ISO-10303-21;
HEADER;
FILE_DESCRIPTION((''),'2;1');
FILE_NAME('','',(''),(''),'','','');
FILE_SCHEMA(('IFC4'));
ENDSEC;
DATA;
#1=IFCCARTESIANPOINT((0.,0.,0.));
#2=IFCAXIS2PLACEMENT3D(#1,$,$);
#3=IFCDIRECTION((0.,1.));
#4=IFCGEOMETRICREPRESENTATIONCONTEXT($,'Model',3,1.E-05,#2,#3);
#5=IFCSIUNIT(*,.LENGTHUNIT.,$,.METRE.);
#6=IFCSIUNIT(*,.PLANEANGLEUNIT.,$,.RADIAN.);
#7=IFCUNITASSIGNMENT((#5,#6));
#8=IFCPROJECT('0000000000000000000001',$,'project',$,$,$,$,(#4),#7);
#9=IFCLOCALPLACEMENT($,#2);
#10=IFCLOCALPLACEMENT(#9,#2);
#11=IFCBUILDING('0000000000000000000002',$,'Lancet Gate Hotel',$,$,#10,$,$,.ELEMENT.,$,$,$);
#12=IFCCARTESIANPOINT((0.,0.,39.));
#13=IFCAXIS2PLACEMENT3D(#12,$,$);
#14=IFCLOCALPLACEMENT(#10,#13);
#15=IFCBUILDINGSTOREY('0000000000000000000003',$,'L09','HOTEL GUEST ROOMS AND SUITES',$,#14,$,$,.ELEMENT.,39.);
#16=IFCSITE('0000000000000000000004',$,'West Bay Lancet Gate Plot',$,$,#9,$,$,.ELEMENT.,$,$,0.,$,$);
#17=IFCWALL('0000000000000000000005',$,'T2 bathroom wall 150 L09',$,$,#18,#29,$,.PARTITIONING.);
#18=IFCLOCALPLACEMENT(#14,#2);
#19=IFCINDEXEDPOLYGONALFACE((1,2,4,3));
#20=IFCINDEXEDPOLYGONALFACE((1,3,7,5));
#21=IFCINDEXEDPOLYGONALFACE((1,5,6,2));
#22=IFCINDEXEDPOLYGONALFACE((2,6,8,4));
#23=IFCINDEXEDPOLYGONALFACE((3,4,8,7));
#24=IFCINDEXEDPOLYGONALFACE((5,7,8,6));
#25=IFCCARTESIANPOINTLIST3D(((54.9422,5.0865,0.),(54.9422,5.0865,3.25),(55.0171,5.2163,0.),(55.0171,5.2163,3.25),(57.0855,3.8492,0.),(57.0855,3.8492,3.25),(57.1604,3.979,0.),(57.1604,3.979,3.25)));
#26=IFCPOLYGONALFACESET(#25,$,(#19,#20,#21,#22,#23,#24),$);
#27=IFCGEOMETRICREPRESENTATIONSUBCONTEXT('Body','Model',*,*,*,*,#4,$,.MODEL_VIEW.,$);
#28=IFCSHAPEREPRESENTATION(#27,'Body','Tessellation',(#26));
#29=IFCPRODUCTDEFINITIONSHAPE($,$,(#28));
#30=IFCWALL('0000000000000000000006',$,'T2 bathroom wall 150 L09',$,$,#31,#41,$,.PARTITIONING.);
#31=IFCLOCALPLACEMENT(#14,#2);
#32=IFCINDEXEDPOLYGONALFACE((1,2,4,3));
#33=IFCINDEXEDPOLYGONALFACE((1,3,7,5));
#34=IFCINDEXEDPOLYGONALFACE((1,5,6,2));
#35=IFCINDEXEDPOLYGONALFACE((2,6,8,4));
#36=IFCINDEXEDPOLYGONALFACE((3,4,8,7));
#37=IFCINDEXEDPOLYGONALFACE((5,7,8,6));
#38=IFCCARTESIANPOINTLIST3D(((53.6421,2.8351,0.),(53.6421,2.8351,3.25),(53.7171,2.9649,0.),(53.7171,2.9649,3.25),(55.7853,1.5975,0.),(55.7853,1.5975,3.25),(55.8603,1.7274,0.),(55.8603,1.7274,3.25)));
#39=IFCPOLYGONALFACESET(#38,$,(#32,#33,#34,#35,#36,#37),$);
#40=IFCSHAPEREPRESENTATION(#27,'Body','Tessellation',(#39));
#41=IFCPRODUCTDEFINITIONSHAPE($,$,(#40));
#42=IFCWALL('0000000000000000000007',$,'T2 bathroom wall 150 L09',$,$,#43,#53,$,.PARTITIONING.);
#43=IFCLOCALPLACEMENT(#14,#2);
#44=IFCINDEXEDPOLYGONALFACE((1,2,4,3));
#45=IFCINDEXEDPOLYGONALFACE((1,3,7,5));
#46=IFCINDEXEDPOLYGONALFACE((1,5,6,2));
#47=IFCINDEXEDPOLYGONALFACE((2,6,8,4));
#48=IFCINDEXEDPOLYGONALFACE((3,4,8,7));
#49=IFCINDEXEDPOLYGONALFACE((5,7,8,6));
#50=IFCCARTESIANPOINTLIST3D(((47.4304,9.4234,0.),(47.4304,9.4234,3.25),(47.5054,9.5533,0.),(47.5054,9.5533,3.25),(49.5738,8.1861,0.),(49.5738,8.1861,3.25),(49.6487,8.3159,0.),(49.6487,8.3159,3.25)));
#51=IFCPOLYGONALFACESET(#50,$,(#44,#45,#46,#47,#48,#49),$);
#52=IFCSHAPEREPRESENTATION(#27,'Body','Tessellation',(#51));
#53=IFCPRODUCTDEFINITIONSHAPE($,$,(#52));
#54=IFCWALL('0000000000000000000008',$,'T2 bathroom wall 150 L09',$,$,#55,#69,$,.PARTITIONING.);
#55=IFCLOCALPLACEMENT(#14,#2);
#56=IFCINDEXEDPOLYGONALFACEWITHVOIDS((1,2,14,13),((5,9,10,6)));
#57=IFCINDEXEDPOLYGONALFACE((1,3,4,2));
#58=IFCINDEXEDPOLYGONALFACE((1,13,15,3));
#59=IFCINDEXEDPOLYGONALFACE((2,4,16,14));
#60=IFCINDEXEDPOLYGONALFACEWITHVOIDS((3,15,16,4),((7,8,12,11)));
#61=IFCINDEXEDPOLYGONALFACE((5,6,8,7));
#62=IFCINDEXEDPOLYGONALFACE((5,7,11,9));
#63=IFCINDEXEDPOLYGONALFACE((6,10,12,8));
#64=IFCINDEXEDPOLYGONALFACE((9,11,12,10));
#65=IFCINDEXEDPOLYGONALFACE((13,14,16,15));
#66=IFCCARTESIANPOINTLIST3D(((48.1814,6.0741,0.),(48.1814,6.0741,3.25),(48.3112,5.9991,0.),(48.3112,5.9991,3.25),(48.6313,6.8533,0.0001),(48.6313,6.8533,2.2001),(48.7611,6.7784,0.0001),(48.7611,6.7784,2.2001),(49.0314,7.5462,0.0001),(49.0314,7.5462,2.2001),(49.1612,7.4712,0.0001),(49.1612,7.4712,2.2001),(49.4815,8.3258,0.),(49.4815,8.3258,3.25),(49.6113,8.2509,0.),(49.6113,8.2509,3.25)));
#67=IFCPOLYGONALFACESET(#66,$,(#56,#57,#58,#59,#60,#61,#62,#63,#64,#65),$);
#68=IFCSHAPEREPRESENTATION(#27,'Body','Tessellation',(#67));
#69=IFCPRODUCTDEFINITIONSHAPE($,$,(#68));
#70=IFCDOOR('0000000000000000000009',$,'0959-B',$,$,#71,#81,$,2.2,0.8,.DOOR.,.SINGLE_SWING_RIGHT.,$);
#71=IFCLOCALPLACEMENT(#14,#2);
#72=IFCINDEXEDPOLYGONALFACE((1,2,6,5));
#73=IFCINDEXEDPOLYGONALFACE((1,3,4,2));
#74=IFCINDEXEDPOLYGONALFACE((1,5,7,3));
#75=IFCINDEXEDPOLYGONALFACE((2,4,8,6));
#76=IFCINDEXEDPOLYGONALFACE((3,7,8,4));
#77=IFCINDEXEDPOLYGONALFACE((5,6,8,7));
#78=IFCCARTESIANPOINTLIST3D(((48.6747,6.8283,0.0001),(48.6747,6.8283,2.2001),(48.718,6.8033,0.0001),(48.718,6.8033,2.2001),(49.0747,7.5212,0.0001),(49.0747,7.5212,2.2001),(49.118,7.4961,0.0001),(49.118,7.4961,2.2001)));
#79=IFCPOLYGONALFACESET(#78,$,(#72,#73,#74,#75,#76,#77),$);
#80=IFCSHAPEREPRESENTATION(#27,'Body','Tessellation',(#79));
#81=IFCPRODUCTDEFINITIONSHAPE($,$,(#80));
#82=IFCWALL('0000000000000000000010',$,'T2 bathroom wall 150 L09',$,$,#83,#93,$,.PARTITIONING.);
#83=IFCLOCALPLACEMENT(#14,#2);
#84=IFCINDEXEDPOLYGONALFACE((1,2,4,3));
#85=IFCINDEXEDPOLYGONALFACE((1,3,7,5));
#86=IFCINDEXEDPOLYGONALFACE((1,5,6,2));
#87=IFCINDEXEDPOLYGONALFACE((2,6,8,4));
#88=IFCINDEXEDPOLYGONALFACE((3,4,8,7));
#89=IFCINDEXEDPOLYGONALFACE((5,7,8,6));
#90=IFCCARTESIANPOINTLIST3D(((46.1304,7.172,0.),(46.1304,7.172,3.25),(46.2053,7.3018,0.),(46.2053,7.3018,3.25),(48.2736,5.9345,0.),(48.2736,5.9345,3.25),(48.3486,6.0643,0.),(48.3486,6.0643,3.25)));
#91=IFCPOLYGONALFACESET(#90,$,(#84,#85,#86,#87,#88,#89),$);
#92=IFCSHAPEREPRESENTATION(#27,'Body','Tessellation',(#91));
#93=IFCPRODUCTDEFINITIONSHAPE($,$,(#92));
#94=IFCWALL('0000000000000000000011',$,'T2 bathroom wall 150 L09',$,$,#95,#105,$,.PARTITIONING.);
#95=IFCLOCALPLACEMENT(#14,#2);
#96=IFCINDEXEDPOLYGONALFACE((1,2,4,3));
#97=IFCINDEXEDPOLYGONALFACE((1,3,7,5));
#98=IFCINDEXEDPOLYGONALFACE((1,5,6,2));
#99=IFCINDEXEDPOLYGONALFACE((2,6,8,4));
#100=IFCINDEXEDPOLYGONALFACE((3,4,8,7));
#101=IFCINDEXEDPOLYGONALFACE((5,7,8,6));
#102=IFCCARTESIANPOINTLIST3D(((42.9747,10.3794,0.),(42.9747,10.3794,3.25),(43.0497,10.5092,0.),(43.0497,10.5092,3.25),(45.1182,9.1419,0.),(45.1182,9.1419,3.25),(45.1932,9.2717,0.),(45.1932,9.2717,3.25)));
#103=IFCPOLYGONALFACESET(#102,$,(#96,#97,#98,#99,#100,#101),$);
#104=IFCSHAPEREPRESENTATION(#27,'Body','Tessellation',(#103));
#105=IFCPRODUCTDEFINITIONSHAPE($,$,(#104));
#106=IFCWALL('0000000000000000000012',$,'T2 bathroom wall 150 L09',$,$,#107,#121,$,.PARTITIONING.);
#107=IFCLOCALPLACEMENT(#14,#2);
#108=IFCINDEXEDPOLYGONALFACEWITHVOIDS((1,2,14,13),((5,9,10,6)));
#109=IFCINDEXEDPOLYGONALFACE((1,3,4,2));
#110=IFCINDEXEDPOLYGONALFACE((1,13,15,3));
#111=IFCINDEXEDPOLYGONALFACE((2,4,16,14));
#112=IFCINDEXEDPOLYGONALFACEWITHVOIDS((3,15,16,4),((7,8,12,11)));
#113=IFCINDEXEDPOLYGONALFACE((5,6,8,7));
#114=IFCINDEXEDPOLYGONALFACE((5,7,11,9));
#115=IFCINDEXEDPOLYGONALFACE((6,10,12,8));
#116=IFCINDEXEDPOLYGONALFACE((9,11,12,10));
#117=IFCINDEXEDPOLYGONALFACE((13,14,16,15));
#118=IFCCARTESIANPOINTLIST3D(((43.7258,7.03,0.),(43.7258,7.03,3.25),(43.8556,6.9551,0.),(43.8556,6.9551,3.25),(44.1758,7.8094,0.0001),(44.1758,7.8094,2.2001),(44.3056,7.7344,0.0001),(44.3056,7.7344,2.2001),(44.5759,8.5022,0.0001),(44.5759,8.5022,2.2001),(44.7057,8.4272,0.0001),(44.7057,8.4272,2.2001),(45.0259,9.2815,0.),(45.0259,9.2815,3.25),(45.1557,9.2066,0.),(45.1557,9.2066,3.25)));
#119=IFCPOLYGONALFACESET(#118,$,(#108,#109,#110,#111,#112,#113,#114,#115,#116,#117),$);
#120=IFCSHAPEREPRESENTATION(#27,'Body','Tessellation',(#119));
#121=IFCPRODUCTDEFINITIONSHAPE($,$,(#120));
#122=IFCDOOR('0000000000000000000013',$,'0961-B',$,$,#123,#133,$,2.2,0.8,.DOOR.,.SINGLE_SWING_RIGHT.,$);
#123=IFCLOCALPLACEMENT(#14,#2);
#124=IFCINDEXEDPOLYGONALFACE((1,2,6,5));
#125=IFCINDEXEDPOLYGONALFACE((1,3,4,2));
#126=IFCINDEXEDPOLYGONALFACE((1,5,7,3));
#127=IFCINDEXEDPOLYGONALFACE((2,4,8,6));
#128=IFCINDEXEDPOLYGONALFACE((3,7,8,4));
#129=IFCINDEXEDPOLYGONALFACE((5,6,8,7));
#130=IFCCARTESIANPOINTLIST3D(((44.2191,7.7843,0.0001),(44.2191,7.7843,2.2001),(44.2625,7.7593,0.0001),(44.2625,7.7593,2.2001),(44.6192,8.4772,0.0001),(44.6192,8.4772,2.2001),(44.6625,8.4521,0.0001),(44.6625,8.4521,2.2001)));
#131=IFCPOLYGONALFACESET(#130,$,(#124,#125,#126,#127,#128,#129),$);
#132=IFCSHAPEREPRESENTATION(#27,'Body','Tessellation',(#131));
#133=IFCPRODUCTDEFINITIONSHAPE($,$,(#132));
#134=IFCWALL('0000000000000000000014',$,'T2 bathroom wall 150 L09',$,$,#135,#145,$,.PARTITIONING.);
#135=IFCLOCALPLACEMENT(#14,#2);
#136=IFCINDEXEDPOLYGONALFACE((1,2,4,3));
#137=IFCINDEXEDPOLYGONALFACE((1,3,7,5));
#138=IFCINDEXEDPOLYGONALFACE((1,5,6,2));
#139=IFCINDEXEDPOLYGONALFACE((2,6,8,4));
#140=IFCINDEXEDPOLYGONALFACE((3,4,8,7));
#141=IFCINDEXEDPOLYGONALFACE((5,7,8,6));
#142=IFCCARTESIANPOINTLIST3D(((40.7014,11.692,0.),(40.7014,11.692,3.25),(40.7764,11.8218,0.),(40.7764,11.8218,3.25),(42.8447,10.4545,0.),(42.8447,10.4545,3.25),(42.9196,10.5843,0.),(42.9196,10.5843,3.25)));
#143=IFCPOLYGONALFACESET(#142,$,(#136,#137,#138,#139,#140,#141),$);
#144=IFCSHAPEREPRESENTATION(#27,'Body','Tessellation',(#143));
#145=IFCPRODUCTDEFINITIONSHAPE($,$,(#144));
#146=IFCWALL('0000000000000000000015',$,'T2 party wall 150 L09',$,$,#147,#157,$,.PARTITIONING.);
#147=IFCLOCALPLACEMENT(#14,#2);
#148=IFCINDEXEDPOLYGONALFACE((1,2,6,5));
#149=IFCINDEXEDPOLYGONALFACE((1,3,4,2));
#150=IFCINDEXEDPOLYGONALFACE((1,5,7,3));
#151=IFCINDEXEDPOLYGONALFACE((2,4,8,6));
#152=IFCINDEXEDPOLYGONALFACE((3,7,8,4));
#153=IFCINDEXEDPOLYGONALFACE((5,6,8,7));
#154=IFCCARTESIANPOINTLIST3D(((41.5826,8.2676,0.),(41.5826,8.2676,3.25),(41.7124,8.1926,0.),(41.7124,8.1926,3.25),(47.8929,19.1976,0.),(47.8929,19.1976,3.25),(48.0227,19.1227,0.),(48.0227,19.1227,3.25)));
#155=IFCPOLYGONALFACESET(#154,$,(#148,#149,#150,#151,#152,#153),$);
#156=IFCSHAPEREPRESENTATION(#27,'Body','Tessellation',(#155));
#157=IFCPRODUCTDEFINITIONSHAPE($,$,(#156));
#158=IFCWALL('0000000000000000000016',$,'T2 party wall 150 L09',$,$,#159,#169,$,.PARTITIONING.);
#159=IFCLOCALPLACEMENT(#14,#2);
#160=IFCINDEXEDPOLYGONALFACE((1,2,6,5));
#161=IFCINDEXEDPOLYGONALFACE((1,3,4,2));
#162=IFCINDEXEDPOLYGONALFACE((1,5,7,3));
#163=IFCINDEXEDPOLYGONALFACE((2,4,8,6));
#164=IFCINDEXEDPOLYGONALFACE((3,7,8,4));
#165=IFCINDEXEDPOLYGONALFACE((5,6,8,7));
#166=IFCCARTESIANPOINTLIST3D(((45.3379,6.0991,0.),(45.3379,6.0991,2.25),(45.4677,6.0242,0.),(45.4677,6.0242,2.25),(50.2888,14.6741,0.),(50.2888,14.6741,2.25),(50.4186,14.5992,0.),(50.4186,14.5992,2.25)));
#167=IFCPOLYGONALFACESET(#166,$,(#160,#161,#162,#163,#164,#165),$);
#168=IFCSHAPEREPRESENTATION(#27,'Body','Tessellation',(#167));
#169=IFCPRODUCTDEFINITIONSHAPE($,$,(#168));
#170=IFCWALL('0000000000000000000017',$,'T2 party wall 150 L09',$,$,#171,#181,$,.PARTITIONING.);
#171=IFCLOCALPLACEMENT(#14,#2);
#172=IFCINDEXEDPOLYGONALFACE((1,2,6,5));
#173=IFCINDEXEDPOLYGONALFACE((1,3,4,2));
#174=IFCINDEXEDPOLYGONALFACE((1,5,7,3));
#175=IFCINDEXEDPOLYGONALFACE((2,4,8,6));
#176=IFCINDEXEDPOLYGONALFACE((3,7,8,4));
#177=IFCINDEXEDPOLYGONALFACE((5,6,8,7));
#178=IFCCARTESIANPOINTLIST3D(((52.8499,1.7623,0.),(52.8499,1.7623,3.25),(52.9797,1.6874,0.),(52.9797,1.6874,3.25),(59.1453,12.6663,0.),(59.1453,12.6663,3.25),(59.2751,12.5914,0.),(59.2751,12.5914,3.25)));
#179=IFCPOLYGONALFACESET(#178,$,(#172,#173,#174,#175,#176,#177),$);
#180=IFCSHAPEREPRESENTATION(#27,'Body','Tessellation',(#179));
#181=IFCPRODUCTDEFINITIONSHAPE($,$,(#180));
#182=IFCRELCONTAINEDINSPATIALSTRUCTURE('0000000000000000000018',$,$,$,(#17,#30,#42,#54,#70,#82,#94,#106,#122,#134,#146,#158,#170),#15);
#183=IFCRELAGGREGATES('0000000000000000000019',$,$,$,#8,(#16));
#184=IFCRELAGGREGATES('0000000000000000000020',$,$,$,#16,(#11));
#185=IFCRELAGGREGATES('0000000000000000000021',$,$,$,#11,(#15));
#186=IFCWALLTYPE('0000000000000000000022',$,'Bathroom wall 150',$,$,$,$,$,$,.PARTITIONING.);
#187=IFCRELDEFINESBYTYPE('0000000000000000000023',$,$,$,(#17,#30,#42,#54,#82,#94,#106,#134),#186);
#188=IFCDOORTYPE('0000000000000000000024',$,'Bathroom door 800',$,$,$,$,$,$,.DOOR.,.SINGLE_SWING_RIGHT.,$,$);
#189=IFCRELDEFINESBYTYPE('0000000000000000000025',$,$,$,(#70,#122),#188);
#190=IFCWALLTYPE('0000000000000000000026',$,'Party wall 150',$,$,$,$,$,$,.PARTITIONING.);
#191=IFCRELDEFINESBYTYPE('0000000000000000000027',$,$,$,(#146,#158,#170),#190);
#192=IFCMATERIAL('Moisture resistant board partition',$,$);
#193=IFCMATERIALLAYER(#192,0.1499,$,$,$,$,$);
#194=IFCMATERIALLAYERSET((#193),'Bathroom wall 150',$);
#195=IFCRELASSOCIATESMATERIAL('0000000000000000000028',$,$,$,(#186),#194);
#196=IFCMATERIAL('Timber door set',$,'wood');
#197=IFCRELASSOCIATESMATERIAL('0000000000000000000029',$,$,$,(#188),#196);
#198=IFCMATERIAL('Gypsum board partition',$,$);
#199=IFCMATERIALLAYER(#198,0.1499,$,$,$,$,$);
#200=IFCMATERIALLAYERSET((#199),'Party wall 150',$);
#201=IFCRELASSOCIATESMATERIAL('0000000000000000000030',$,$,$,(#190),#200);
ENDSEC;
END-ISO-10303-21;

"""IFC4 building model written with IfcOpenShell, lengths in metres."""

from ifc_helpers import new_model, si_unit, direction, frame, frame_2d, origin, place, context, subcontext, project, spatial, rectangle, extrude, material, layer, layer_set, type_object, element, fill, save


model = new_model("IFC4")

# Units and contexts
model_context = context("Model", 3, precision=1e-05, world=origin(), true_north=direction((0.0, 1.0)))
body_context = subcontext(model_context, "Body", "Model", "MODEL_VIEW")
ifc_project = project(units=[si_unit("LENGTHUNIT", "METRE"), si_unit("PLANEANGLEUNIT", "RADIAN")], contexts=[model_context])

# Site, building, storey
site_placement = place(None, origin())
site = spatial("IfcSite", under=ifc_project, at=site_placement, Name="West Bay Lancet Gate Plot", CompositionType="ELEMENT", RefElevation=0.0)
building_placement = place(site_placement, origin())
building = spatial("IfcBuilding", under=site, at=building_placement, Name="Lancet Gate Hotel", CompositionType="ELEMENT")
storey_placement = place(building_placement, frame((0.0, 0.0, 39.0)))
storey = spatial("IfcBuildingStorey", under=building, at=storey_placement, Name="L09", Description="HOTEL GUEST ROOMS AND SUITES", CompositionType="ELEMENT", Elevation=39.0)

# Walls
ifc_material_1 = material(Name="Moisture resistant board partition")
ifc_layer_1 = layer(ifc_material_1, 0.1499)
ifc_layer_set_1 = layer_set([ifc_layer_1], Name="Bathroom wall 150")
wall_type_1 = type_object("IfcWallType", Name="Bathroom wall 150", PredefinedType="PARTITIONING", material=ifc_layer_set_1)
for number, where, z_axis, x_axis, name in (
    (1, (54.9797, 5.1514, 0.0), (0.0, 0.0, 1.0), (0.866049, -0.499959, 0.0), "T2 bathroom wall 150 L09"),
    (2, (53.6797, 2.8999, 0.0), (0.0, 0.0, 1.0), (0.866007, -0.500033, 0.0), "T2 bathroom wall 150 L09"),
    (3, (47.468, 9.4883, 0.0), (0.0, 0.0, 1.0), (0.866049, -0.499959, 0.0), "T2 bathroom wall 150 L09"),
):
    element("IfcWall", number, at=place(storey_placement, frame(where, z_axis=z_axis, x_axis=x_axis)), inside=storey, type_object=wall_type_1, Name=name, PredefinedType="PARTITIONING", context=body_context, shape_type="SweptSolid", body=[
        extrude(rectangle(XDim=2.4749, YDim=0.1499, at=frame_2d((1.2373, 0.0))), origin(), (0.0, 0.0, 1.0), 3.25),
    ])

# Wall, opening, door
wall_1_placement = place(storey_placement, frame((48.2463, 6.0366, 0.0), z_axis=(0.0, 0.0, 1.0), x_axis=(0.500007, 0.866021, 0.0)))
wall_1 = element("IfcWall", 4, at=wall_1_placement, inside=storey, type_object=wall_type_1, Name="T2 bathroom wall 150 L09", PredefinedType="PARTITIONING", context=body_context, shape_type="SweptSolid", body=[
    extrude(rectangle(XDim=2.6001, YDim=0.1499, at=frame_2d((1.3, 0.0))), origin(), (0.0, 0.0, 1.0), 3.25),
])
opening_1_placement = place(wall_1_placement, frame((0.8999, 0.0, 0.0)))
opening_1 = element("IfcOpeningElement", 5, at=opening_1_placement, cuts=wall_1, PredefinedType="OPENING", context=body_context, shape_type="SweptSolid", body=[
    extrude(rectangle(XDim=0.8, YDim=2.2, at=frame_2d((0.3999, 1.1001))), frame((0.0, 0.085, 0.0), z_axis=(0.0, -1.0, 0.0), x_axis=(1.0, 0.0, 0.0)), (0.0, 0.0, 1.0), 0.1699),
])
ifc_material_2 = material(Name="Timber door set", Category="wood")
door_type = type_object("IfcDoorType", Name="Bathroom door 800", OperationType="SINGLE_SWING_RIGHT", PredefinedType="DOOR", material=ifc_material_2)
door_1_placement = place(opening_1_placement, origin())
door_1 = element("IfcDoor", 6, at=door_1_placement, inside=storey, type_object=door_type, Name="0959-B", OperationType="SINGLE_SWING_RIGHT", OverallHeight=2.2, OverallWidth=0.8, PredefinedType="DOOR", context=body_context, shape_type="SweptSolid", body=[
    extrude(rectangle(XDim=0.8, YDim=2.2, at=frame_2d((0.3999, 1.1001))), frame((0.0, 0.0249, 0.0), z_axis=(0.0, -1.0, 0.0), x_axis=(1.0, 0.0, 0.0)), (0.0, 0.0, 1.0), 0.05),
])
fill(opening_1, door_1)

# Walls
wall_2_placement = place(storey_placement, frame((46.168, 7.2368, 0.0), z_axis=(0.0, 0.0, 1.0), x_axis=(0.866007, -0.500033, 0.0)))
element("IfcWall", 7, at=wall_2_placement, inside=storey, type_object=wall_type_1, Name="T2 bathroom wall 150 L09", PredefinedType="PARTITIONING", context=body_context, shape_type="SweptSolid", body=[
    extrude(rectangle(XDim=2.4749, YDim=0.1499, at=frame_2d((1.2373, 0.0))), origin(), (0.0, 0.0, 1.0), 3.25),
])
wall_3_placement = place(storey_placement, frame((43.0122, 10.4443, 0.0), z_axis=(0.0, 0.0, 1.0), x_axis=(0.866031, -0.49999, 0.0)))
element("IfcWall", 8, at=wall_3_placement, inside=storey, type_object=wall_type_1, Name="T2 bathroom wall 150 L09", PredefinedType="PARTITIONING", context=body_context, shape_type="SweptSolid", body=[
    extrude(rectangle(XDim=2.4751, YDim=0.1499, at=frame_2d((1.2375, 0.0))), origin(), (0.0, 0.0, 1.0), 3.25),
])

# Wall, opening, door
wall_4_placement = place(storey_placement, frame((43.7908, 6.9927, 0.0), z_axis=(0.0, 0.0, 1.0), x_axis=(0.500048, 0.865998, 0.0)))
wall_4 = element("IfcWall", 9, at=wall_4_placement, inside=storey, type_object=wall_type_1, Name="T2 bathroom wall 150 L09", PredefinedType="PARTITIONING", context=body_context, shape_type="SweptSolid", body=[
    extrude(rectangle(XDim=2.5999, YDim=0.1499, at=frame_2d((1.2998, 0.0))), origin(), (0.0, 0.0, 1.0), 3.25),
])
opening_2_placement = place(wall_4_placement, frame((0.8999, 0.0, 0.0)))
opening_2 = element("IfcOpeningElement", 10, at=opening_2_placement, cuts=wall_4, PredefinedType="OPENING", context=body_context, shape_type="SweptSolid", body=[
    extrude(rectangle(XDim=0.8, YDim=2.2, at=frame_2d((0.3999, 1.1001))), frame((0.0, 0.085, 0.0), z_axis=(0.0, -1.0, 0.0), x_axis=(1.0, 0.0, 0.0)), (0.0, 0.0, 1.0), 0.1699),
])
door_2_placement = place(opening_2_placement, origin())
door_2 = element("IfcDoor", 11, at=door_2_placement, inside=storey, type_object=door_type, Name="0961-B", OperationType="SINGLE_SWING_RIGHT", OverallHeight=2.2, OverallWidth=0.8, PredefinedType="DOOR", context=body_context, shape_type="SweptSolid", body=[
    extrude(rectangle(XDim=0.8, YDim=2.2, at=frame_2d((0.3999, 1.1001))), frame((0.0, 0.0249, 0.0), z_axis=(0.0, -1.0, 0.0), x_axis=(1.0, 0.0, 0.0)), (0.0, 0.0, 1.0), 0.05),
])
fill(opening_2, door_2)

# Walls
wall_5_placement = place(storey_placement, frame((40.739, 11.7568, 0.0), z_axis=(0.0, 0.0, 1.0), x_axis=(0.866007, -0.500033, 0.0)))
element("IfcWall", 12, at=wall_5_placement, inside=storey, type_object=wall_type_1, Name="T2 bathroom wall 150 L09", PredefinedType="PARTITIONING", context=body_context, shape_type="SweptSolid", body=[
    extrude(rectangle(XDim=2.4749, YDim=0.1499, at=frame_2d((1.2373, 0.0))), origin(), (0.0, 0.0, 1.0), 3.25),
])
ifc_material_3 = material(Name="Gypsum board partition")
ifc_layer_2 = layer(ifc_material_3, 0.1499)
ifc_layer_set_2 = layer_set([ifc_layer_2], Name="Party wall 150")
wall_type_2 = type_object("IfcWallType", Name="Party wall 150", PredefinedType="PARTITIONING", material=ifc_layer_set_2)
wall_6_placement = place(storey_placement, frame((41.6475, 8.23, 0.0), z_axis=(0.0, 0.0, 1.0), x_axis=(0.499986, 0.866034, 0.0)))
element("IfcWall", 13, at=wall_6_placement, inside=storey, type_object=wall_type_2, Name="T2 party wall 150 L09", PredefinedType="PARTITIONING", context=body_context, shape_type="SweptSolid", body=[
    extrude(rectangle(XDim=12.6208, YDim=0.1499, at=frame_2d((6.3105, 0.0))), origin(), (0.0, 0.0, 1.0), 3.25),
])
wall_7_placement = place(storey_placement, frame((45.4028, 6.0618, 0.0), z_axis=(0.0, 0.0, 1.0), x_axis=(0.500013, 0.866018, 0.0)))
element("IfcWall", 14, at=wall_7_placement, inside=storey, type_object=wall_type_2, Name="T2 party wall 150 L09", PredefinedType="PARTITIONING", context=body_context, shape_type="SweptSolid", body=[
    extrude(rectangle(XDim=9.9016, YDim=0.1499, at=frame_2d((4.9507, 0.0))), origin(), (0.0, 0.0, 1.0), 2.25),
])
wall_8_placement = place(storey_placement, frame((52.9148, 1.7249, 0.0), z_axis=(0.0, 0.0, 1.0), x_axis=(0.499997, 0.866027, 0.0)))
element("IfcWall", 15, at=wall_8_placement, inside=storey, type_object=wall_type_2, Name="T2 party wall 150 L09", PredefinedType="PARTITIONING", context=body_context, shape_type="SweptSolid", body=[
    extrude(rectangle(XDim=12.5908, YDim=0.1499, at=frame_2d((6.2954, 0.0))), origin(), (0.0, 0.0, 1.0), 3.25),
])

save(model, "model.ifc")
